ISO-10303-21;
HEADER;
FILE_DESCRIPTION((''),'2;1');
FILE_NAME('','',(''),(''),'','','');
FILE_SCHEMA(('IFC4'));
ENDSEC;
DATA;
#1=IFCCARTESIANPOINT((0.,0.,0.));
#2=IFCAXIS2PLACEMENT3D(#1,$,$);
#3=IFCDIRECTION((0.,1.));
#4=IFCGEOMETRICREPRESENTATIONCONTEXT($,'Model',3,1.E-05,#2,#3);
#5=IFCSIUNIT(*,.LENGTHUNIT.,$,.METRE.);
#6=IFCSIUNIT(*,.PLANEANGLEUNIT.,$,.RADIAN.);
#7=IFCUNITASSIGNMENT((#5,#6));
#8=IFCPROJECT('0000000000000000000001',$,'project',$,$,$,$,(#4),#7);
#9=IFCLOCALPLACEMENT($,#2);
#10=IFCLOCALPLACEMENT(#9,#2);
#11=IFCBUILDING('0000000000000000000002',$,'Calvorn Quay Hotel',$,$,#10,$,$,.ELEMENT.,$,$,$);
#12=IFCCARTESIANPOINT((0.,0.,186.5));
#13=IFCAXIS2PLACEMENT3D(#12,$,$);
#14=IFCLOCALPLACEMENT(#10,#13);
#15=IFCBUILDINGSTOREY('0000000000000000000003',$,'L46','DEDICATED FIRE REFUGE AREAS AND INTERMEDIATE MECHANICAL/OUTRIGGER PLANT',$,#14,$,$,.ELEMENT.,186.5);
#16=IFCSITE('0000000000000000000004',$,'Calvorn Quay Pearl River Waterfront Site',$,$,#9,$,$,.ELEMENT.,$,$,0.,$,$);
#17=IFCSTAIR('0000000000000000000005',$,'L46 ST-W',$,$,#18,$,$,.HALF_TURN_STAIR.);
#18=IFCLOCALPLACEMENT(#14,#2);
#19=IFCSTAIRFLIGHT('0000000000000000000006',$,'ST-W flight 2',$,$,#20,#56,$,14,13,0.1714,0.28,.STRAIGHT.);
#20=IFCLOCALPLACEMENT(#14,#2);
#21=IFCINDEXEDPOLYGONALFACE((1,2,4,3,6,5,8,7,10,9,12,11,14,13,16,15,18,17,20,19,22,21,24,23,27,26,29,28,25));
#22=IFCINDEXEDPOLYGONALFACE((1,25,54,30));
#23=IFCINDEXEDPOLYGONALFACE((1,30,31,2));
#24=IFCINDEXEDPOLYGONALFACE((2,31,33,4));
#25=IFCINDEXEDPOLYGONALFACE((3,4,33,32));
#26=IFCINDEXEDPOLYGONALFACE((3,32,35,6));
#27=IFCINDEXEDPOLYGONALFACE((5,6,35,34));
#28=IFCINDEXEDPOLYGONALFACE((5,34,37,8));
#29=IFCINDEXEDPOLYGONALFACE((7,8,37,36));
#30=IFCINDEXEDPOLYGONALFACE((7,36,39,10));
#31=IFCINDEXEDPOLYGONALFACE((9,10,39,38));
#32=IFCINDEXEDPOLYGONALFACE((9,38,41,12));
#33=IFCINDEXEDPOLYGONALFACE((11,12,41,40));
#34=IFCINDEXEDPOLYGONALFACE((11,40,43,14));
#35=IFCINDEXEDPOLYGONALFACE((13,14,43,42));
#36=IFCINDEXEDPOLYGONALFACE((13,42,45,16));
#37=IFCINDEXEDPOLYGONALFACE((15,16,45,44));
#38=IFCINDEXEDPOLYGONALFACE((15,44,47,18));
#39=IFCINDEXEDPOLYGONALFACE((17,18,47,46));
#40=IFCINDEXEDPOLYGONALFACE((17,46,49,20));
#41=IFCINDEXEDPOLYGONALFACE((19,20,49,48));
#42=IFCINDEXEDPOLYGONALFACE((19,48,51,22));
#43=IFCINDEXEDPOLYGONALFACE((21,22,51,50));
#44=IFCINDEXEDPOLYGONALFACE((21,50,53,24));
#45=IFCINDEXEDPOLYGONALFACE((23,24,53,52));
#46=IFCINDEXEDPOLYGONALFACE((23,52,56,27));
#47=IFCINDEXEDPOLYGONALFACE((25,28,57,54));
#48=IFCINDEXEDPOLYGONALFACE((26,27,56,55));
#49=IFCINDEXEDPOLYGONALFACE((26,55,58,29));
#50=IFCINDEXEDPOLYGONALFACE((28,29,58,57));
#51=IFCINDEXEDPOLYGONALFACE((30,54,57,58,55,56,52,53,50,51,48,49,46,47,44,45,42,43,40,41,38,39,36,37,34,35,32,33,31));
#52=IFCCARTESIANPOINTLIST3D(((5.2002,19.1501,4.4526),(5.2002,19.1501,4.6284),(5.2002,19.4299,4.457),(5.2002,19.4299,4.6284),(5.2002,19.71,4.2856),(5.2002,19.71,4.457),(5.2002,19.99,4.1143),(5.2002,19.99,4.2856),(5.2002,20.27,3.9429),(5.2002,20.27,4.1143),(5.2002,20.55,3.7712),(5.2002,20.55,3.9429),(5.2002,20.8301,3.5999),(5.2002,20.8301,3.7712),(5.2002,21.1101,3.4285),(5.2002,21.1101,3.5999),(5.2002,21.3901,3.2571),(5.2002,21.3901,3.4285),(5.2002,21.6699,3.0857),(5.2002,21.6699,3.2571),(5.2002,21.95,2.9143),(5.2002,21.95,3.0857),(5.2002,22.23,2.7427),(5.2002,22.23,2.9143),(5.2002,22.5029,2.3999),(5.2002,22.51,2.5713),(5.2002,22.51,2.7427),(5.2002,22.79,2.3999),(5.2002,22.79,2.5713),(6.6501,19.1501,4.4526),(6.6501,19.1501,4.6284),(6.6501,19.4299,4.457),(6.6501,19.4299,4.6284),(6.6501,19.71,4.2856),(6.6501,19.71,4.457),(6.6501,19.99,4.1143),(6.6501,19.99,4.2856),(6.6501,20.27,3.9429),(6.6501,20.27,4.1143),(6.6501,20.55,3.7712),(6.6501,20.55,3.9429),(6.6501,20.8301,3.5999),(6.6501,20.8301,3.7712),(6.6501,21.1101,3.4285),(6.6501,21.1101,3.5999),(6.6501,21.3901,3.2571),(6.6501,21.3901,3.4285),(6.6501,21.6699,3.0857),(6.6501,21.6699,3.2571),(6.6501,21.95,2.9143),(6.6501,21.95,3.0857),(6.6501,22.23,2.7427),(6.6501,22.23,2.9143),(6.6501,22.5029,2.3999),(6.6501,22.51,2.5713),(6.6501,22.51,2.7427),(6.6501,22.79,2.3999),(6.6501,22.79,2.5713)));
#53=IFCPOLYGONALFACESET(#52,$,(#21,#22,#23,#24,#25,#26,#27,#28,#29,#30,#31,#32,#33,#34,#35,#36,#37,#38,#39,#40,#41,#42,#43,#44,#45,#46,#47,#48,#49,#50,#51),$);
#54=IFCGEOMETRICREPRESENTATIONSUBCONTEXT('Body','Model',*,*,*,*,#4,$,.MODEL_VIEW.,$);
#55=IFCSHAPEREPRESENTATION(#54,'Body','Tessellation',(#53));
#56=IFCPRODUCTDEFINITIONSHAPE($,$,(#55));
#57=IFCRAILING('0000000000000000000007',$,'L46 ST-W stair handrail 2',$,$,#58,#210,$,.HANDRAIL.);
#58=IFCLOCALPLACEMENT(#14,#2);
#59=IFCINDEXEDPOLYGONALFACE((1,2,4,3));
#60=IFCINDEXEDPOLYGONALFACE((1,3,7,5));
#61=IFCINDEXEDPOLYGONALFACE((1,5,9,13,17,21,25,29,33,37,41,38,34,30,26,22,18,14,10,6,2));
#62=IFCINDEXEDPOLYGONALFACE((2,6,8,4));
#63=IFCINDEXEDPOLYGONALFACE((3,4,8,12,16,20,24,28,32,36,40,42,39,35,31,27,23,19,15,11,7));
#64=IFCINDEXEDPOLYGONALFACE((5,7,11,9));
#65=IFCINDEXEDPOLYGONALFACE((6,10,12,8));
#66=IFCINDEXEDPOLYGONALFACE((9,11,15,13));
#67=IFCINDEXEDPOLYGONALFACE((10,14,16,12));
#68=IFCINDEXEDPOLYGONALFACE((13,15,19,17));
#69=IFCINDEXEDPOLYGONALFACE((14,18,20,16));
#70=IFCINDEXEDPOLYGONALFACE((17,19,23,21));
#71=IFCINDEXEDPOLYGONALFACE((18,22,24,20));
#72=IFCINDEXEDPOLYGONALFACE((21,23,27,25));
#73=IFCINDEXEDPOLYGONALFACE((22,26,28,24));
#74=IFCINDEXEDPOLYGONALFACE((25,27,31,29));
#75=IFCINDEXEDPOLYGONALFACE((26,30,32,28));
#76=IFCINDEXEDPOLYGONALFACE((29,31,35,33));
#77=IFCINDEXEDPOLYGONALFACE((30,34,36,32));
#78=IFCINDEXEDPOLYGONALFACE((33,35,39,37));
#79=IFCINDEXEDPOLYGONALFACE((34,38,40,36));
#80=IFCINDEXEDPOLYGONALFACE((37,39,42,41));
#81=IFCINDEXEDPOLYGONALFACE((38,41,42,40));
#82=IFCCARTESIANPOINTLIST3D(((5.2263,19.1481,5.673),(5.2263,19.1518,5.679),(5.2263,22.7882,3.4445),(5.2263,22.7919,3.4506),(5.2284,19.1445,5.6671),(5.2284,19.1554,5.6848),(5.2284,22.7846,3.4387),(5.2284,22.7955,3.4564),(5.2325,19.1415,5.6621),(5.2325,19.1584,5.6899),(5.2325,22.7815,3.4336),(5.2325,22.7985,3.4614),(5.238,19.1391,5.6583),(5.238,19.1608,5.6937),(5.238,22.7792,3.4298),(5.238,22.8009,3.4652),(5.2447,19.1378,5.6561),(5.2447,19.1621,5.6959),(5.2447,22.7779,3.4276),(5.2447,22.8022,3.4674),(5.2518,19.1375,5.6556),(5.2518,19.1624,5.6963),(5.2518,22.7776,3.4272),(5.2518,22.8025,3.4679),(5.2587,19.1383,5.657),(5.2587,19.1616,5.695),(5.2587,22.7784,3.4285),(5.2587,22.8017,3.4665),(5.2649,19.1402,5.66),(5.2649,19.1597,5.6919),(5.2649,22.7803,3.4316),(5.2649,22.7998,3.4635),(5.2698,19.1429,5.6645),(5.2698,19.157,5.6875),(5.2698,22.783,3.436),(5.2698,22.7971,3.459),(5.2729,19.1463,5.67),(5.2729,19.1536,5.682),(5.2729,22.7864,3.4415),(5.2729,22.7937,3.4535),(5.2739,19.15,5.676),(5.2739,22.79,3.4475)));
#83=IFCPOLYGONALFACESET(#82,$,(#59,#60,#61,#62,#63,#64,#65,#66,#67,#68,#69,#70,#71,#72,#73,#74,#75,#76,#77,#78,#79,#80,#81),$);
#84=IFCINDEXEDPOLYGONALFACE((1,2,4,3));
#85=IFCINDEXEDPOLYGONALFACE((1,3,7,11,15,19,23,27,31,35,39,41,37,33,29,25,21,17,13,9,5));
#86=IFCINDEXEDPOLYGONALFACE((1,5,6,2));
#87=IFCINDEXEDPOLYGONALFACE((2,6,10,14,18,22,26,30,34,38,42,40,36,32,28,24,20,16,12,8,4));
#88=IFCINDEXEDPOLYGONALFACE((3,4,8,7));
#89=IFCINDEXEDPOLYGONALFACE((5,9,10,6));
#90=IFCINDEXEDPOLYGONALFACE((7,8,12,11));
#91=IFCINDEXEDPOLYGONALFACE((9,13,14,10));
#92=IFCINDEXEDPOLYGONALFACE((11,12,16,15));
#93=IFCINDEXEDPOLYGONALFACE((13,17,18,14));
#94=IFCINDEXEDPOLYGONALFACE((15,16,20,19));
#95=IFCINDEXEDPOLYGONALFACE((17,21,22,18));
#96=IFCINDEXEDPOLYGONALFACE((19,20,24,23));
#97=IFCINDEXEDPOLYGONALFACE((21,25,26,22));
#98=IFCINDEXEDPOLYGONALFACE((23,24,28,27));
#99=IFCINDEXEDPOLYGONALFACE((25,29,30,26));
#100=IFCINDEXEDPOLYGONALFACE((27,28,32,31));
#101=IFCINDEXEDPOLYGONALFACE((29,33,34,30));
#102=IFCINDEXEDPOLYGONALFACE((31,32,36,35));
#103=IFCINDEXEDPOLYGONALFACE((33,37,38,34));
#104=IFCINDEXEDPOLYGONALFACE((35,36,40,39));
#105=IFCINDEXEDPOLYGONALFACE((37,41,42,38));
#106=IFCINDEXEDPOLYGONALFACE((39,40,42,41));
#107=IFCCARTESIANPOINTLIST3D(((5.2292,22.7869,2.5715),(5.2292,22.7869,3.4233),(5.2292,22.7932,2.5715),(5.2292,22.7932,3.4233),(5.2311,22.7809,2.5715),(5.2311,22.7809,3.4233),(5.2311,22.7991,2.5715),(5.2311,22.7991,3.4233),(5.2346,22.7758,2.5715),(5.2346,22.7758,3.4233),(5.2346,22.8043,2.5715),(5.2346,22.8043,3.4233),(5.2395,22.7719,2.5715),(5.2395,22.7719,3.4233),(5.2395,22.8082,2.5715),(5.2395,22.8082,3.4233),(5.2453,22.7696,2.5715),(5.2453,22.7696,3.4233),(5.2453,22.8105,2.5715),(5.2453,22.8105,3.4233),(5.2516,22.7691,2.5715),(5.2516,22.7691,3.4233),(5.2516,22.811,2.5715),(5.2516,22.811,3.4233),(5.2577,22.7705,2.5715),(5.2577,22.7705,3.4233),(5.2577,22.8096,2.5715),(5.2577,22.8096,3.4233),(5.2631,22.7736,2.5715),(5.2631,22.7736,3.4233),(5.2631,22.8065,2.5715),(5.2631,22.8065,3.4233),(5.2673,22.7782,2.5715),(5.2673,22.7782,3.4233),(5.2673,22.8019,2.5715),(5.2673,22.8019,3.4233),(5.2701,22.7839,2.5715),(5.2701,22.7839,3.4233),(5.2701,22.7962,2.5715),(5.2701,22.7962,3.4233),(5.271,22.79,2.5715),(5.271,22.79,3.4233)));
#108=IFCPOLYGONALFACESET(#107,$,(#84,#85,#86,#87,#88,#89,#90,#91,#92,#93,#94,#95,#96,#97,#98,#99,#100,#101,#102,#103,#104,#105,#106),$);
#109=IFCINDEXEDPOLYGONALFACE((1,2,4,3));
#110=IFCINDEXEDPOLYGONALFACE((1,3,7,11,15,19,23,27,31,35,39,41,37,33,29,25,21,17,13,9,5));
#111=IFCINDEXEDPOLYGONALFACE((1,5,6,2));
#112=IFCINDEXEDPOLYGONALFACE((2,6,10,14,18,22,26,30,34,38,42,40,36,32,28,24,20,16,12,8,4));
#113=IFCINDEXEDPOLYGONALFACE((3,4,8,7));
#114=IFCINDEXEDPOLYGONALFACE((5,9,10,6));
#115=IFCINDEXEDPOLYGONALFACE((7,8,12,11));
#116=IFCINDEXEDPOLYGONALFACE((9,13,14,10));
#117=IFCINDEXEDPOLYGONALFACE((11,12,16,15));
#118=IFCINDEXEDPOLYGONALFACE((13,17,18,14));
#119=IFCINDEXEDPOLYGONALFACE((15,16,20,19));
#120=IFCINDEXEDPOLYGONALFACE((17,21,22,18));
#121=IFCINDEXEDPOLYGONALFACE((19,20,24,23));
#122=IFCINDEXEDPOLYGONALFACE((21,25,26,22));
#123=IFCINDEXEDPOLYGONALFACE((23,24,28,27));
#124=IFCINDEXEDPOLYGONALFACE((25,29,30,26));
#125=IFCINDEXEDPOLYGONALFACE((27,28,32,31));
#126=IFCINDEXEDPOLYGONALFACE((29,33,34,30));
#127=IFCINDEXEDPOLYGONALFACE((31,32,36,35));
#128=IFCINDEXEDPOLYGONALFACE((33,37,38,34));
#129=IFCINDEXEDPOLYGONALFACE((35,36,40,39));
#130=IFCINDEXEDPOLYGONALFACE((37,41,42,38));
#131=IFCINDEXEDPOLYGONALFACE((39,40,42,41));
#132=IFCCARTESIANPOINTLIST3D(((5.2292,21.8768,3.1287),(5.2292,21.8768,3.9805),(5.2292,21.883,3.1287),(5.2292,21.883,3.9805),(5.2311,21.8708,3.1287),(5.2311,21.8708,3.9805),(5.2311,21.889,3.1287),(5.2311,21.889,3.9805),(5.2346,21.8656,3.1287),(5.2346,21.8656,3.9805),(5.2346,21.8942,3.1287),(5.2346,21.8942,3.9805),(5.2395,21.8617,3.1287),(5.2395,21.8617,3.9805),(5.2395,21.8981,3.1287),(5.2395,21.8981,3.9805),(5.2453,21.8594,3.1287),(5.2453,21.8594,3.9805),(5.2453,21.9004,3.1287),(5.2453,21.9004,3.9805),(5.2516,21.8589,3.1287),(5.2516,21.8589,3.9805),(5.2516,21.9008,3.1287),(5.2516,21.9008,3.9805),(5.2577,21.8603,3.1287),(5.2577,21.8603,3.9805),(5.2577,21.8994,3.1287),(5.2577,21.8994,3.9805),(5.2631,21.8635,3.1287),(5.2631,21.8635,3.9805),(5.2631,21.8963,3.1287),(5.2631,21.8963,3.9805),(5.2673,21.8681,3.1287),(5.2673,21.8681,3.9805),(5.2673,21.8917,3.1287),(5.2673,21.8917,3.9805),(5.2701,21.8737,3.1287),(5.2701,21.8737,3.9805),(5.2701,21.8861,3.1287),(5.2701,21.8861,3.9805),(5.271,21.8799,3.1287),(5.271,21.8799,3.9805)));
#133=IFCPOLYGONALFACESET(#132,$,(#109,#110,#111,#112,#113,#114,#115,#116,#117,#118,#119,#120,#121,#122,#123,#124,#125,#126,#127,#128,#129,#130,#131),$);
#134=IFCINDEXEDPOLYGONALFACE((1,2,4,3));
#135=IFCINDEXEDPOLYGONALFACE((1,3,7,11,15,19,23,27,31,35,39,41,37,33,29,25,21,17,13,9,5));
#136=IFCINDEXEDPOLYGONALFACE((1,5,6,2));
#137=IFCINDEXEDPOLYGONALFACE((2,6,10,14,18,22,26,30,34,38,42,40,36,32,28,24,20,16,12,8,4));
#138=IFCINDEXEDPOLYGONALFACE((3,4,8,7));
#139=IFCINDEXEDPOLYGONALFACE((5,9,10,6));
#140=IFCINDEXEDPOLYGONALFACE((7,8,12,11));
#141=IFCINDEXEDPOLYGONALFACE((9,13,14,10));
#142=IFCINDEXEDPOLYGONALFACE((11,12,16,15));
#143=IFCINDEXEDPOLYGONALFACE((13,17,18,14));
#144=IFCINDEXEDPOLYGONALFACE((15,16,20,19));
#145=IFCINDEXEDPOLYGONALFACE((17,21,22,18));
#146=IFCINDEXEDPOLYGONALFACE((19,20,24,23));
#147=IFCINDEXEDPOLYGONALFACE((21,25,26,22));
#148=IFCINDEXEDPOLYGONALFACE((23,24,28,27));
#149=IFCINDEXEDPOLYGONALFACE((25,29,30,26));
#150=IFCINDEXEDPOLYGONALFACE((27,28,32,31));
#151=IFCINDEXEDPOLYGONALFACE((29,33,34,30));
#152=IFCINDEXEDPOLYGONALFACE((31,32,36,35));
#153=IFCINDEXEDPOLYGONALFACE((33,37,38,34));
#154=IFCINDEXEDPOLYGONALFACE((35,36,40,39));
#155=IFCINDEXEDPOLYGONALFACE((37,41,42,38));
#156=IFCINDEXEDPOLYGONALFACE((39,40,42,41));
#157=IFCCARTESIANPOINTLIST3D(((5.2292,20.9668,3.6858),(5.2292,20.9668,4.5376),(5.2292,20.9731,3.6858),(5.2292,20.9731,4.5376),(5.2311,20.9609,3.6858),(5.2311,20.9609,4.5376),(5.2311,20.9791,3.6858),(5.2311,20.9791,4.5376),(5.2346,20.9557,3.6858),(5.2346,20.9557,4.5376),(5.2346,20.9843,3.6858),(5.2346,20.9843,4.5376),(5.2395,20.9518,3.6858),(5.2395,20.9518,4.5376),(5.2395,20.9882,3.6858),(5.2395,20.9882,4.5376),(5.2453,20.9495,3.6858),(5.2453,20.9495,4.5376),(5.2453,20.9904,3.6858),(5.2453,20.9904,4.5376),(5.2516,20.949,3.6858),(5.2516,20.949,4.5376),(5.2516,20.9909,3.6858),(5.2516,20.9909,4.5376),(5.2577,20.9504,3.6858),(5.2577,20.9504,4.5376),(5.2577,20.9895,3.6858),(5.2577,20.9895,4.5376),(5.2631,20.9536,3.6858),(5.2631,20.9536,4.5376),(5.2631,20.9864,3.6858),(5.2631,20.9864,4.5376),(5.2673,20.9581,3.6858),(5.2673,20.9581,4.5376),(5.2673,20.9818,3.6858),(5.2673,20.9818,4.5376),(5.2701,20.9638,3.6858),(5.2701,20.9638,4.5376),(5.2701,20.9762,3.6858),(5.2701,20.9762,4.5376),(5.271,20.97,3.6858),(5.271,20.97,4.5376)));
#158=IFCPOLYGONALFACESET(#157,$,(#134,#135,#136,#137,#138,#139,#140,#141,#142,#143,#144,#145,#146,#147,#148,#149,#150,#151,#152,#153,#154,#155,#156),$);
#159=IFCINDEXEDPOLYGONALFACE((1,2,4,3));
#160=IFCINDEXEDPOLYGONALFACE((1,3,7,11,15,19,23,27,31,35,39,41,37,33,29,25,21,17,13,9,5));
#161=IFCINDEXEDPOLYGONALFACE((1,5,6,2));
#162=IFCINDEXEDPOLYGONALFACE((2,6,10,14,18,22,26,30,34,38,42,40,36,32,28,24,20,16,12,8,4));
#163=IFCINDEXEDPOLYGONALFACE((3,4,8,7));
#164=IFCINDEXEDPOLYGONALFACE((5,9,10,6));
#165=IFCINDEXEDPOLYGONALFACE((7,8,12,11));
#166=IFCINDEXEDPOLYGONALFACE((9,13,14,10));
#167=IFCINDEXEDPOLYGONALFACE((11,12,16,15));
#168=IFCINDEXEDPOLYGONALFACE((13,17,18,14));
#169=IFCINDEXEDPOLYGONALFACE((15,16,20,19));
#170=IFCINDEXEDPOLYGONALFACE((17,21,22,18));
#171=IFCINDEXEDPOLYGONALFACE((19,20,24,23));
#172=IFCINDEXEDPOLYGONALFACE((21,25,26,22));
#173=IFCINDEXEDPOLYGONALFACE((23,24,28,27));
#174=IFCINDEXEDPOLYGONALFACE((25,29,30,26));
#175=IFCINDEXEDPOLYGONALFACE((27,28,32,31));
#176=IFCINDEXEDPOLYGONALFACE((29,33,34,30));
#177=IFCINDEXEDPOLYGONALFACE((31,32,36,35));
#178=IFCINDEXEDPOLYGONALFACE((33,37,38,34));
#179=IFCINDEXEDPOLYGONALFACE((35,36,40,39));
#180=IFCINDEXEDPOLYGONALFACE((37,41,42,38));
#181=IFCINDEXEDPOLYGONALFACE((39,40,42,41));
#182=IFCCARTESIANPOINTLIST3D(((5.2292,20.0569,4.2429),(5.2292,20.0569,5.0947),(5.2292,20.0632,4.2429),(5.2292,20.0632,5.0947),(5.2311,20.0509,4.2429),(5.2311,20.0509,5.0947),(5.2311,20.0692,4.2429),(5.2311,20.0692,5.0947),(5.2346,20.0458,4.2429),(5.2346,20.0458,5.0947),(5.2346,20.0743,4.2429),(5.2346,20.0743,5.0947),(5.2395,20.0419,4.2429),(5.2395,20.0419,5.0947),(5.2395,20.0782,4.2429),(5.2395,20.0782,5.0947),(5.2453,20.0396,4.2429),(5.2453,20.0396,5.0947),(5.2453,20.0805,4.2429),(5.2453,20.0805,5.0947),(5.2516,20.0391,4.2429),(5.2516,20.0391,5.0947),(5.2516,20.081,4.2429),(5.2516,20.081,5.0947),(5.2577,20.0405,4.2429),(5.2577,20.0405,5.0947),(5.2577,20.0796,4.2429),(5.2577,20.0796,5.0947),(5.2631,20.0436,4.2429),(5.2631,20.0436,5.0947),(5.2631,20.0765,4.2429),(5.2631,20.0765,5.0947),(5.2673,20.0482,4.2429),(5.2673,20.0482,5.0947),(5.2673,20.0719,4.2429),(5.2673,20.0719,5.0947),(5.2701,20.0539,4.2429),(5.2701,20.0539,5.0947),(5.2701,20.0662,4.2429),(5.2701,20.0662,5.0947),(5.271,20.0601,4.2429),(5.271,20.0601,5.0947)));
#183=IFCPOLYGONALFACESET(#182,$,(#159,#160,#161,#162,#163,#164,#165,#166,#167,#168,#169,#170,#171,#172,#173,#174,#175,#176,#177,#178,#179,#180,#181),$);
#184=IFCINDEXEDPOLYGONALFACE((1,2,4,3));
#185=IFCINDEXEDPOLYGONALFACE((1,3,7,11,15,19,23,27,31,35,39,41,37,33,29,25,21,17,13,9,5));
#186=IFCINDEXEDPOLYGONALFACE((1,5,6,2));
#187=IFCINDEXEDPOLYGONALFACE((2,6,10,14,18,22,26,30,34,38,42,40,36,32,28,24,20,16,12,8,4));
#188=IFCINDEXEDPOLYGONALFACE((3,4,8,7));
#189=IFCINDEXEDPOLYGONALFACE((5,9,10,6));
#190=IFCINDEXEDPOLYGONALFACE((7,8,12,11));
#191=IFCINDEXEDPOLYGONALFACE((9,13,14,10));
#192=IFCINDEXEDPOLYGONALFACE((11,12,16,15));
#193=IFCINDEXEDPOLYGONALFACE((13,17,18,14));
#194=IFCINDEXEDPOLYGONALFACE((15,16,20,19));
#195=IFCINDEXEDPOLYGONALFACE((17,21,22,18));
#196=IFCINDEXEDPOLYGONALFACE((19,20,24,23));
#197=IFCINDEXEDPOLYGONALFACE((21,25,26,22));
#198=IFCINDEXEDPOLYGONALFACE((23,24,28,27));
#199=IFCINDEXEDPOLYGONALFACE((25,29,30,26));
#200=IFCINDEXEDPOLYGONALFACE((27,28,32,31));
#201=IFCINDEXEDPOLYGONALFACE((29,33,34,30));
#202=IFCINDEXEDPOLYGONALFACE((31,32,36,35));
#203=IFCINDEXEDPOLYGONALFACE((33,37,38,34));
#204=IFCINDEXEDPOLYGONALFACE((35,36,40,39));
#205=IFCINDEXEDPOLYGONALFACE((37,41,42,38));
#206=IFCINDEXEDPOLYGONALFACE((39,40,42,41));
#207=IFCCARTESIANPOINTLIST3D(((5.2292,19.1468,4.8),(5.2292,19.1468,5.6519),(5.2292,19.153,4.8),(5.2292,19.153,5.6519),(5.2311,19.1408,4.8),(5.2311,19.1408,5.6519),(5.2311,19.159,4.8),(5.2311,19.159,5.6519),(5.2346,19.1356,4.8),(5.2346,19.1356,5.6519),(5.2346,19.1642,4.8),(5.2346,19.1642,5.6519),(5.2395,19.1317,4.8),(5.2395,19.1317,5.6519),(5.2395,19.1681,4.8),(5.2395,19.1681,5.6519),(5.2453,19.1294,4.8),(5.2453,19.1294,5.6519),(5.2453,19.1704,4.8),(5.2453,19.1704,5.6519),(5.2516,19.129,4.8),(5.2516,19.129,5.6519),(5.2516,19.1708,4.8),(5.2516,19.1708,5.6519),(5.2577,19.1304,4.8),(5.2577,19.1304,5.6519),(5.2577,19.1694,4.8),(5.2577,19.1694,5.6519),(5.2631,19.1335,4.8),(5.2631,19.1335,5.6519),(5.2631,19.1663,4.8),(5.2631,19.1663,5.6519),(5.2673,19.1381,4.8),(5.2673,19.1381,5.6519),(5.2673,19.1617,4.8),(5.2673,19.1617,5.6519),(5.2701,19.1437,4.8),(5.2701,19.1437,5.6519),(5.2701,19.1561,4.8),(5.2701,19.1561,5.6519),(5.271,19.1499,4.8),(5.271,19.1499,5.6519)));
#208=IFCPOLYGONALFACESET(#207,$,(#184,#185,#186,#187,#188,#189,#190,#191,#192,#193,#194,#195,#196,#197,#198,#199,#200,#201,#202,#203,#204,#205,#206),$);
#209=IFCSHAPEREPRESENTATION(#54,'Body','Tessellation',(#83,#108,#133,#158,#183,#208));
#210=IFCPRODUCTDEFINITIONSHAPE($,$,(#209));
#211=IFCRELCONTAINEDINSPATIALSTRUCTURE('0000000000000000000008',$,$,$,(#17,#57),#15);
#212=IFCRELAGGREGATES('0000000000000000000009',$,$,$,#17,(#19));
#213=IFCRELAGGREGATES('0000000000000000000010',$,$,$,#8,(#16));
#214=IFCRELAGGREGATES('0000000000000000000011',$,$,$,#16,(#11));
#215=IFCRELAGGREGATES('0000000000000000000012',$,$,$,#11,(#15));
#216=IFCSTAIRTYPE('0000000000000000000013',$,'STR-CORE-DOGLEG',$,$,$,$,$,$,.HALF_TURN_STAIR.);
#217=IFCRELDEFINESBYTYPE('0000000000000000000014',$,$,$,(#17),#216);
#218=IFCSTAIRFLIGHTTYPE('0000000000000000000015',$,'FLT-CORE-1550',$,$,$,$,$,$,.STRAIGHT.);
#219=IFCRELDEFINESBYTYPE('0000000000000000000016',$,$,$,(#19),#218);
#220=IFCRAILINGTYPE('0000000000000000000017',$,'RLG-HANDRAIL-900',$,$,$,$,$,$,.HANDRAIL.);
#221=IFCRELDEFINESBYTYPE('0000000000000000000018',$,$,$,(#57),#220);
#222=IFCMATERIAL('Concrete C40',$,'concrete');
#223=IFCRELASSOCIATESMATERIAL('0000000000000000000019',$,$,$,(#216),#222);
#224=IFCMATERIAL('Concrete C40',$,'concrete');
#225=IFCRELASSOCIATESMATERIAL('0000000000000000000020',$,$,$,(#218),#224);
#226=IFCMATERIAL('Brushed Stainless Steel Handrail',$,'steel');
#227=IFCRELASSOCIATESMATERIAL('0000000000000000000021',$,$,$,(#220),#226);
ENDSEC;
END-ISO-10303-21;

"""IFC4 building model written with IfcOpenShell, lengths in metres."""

from ifc_helpers import new_model, si_unit, direction, frame, origin, origin_2d, place, context, subcontext, project, spatial, polyline, circle, outline, extrude, material, type_object, element, aggregate, save


model = new_model("IFC4")

# Units and contexts
model_context = context("Model", 3, precision=1e-05, world=origin(), true_north=direction((0.0, 1.0)))
body_context = subcontext(model_context, "Body", "Model", "MODEL_VIEW")
ifc_project = project(units=[si_unit("LENGTHUNIT", "METRE"), si_unit("PLANEANGLEUNIT", "RADIAN")], contexts=[model_context])

# Site, building, storey
site_placement = place(None, origin())
site = spatial("IfcSite", under=ifc_project, at=site_placement, Name="Calvorn Quay Pearl River Waterfront Site", CompositionType="ELEMENT", RefElevation=0.0)
building_placement = place(site_placement, origin())
building = spatial("IfcBuilding", under=site, at=building_placement, Name="Calvorn Quay Hotel", CompositionType="ELEMENT")
storey_placement = place(building_placement, frame((0.0, 0.0, 186.5)))
storey = spatial("IfcBuildingStorey", under=building, at=storey_placement, Name="L46", Description="DEDICATED FIRE REFUGE AREAS AND INTERMEDIATE MECHANICAL/OUTRIGGER PLANT", CompositionType="ELEMENT", Elevation=186.5)

# Stair, stair flight
ifc_material_1 = material(Name="Concrete C40", Category="concrete")
stair_type = type_object("IfcStairType", Name="STR-CORE-DOGLEG", PredefinedType="HALF_TURN_STAIR", material=ifc_material_1)
stair_placement = place(storey_placement, origin())
stair = element("IfcStair", 1, at=stair_placement, inside=storey, type_object=stair_type, Name="L46 ST-W", PredefinedType="HALF_TURN_STAIR")
ifc_material_2 = material(Name="Concrete C40", Category="concrete")
stair_flight_type = type_object("IfcStairFlightType", Name="FLT-CORE-1550", PredefinedType="STRAIGHT", material=ifc_material_2)
stair_flight_placement = place(storey_placement, frame((5.925, 22.79, 2.3999), z_axis=(0.0, 0.0, 1.0), x_axis=(0.0, -1.0, 0.0)))
stair_flight = element("IfcStairFlight", 2, at=stair_flight_placement, type_object=stair_flight_type, Name="ST-W flight 2", NumberOfRisers=14, NumberOfTreads=13, PredefinedType="STRAIGHT", RiserHeight=0.1714, TreadLength=0.28, context=body_context, shape_type="SweptSolid", body=[
    extrude(outline(polyline([(0.0, 0.0), (0.0, 0.1714), (0.28, 0.1714), (0.28, 0.3428), (0.5601, 0.3428), (0.5601, 0.5144), (0.8401, 0.5144), (0.8401, 0.6858), (1.1201, 0.6858), (1.1201, 0.8572), (1.3999, 0.8572), (1.3999, 1.0286), (1.6799, 1.0286), (1.6799, 1.2), (1.96, 1.2), (1.96, 1.3713), (2.24, 1.3713), (2.24, 1.543), (2.52, 1.543), (2.52, 1.7144), (2.8, 1.7144), (2.8, 1.8857), (3.0801, 1.8857), (3.0801, 2.0571), (3.3601, 2.0571), (3.3601, 2.2285), (3.6399, 2.2285), (3.6399, 2.3999), (3.6399, 2.0527), (0.2871, 0.0), (0.0, 0.0)])), frame((0.0, 0.7251, 0.0), z_axis=(0.0, -1.0, 0.0), x_axis=(1.0, 0.0, 0.0)), (0.0, 0.0, 1.0), 1.45),
])
aggregate(stair, [stair_flight])

# Railing
ifc_material_3 = material(Name="Brushed Stainless Steel Handrail", Category="steel")
railing_type_1 = type_object("IfcRailingType", Name="RLG-HANDRAIL-900", PredefinedType="HANDRAIL", material=ifc_material_3)
railing_1_placement = place(storey_placement, frame((5.25, 22.79, 2.5715)))
element("IfcRailing", 3, at=railing_1_placement, inside=storey, type_object=railing_type_1, Name="L46 ST-W stair handrail 2", PredefinedType="HANDRAIL", context=body_context, shape_type="SweptSolid", body=[
    extrude(circle(Radius=0.0239, at=origin_2d()), frame((0.0, 0.0, 0.876), z_axis=(0.0, -0.852866, 0.52213), x_axis=(1.0, 0.0, 0.0)), (0.0, 0.0, 1.0), 4.2681),
    extrude(circle(Radius=0.021, at=origin_2d()), origin(), (0.0, 0.0, 1.0), 0.8518),
    extrude(circle(Radius=0.021, at=origin_2d()), frame((0.0, -0.9102, 0.5571)), (0.0, 0.0, 1.0), 0.8518),
    extrude(circle(Radius=0.021, at=origin_2d()), frame((0.0, -1.8201, 1.1143)), (0.0, 0.0, 1.0), 0.8518),
    extrude(circle(Radius=0.021, at=origin_2d()), frame((0.0, -2.73, 1.6714)), (0.0, 0.0, 1.0), 0.8518),
    extrude(circle(Radius=0.021, at=origin_2d()), frame((0.0, -3.6401, 2.2285)), (0.0, 0.0, 1.0), 0.8518),
])

save(model, "model.ifc")
